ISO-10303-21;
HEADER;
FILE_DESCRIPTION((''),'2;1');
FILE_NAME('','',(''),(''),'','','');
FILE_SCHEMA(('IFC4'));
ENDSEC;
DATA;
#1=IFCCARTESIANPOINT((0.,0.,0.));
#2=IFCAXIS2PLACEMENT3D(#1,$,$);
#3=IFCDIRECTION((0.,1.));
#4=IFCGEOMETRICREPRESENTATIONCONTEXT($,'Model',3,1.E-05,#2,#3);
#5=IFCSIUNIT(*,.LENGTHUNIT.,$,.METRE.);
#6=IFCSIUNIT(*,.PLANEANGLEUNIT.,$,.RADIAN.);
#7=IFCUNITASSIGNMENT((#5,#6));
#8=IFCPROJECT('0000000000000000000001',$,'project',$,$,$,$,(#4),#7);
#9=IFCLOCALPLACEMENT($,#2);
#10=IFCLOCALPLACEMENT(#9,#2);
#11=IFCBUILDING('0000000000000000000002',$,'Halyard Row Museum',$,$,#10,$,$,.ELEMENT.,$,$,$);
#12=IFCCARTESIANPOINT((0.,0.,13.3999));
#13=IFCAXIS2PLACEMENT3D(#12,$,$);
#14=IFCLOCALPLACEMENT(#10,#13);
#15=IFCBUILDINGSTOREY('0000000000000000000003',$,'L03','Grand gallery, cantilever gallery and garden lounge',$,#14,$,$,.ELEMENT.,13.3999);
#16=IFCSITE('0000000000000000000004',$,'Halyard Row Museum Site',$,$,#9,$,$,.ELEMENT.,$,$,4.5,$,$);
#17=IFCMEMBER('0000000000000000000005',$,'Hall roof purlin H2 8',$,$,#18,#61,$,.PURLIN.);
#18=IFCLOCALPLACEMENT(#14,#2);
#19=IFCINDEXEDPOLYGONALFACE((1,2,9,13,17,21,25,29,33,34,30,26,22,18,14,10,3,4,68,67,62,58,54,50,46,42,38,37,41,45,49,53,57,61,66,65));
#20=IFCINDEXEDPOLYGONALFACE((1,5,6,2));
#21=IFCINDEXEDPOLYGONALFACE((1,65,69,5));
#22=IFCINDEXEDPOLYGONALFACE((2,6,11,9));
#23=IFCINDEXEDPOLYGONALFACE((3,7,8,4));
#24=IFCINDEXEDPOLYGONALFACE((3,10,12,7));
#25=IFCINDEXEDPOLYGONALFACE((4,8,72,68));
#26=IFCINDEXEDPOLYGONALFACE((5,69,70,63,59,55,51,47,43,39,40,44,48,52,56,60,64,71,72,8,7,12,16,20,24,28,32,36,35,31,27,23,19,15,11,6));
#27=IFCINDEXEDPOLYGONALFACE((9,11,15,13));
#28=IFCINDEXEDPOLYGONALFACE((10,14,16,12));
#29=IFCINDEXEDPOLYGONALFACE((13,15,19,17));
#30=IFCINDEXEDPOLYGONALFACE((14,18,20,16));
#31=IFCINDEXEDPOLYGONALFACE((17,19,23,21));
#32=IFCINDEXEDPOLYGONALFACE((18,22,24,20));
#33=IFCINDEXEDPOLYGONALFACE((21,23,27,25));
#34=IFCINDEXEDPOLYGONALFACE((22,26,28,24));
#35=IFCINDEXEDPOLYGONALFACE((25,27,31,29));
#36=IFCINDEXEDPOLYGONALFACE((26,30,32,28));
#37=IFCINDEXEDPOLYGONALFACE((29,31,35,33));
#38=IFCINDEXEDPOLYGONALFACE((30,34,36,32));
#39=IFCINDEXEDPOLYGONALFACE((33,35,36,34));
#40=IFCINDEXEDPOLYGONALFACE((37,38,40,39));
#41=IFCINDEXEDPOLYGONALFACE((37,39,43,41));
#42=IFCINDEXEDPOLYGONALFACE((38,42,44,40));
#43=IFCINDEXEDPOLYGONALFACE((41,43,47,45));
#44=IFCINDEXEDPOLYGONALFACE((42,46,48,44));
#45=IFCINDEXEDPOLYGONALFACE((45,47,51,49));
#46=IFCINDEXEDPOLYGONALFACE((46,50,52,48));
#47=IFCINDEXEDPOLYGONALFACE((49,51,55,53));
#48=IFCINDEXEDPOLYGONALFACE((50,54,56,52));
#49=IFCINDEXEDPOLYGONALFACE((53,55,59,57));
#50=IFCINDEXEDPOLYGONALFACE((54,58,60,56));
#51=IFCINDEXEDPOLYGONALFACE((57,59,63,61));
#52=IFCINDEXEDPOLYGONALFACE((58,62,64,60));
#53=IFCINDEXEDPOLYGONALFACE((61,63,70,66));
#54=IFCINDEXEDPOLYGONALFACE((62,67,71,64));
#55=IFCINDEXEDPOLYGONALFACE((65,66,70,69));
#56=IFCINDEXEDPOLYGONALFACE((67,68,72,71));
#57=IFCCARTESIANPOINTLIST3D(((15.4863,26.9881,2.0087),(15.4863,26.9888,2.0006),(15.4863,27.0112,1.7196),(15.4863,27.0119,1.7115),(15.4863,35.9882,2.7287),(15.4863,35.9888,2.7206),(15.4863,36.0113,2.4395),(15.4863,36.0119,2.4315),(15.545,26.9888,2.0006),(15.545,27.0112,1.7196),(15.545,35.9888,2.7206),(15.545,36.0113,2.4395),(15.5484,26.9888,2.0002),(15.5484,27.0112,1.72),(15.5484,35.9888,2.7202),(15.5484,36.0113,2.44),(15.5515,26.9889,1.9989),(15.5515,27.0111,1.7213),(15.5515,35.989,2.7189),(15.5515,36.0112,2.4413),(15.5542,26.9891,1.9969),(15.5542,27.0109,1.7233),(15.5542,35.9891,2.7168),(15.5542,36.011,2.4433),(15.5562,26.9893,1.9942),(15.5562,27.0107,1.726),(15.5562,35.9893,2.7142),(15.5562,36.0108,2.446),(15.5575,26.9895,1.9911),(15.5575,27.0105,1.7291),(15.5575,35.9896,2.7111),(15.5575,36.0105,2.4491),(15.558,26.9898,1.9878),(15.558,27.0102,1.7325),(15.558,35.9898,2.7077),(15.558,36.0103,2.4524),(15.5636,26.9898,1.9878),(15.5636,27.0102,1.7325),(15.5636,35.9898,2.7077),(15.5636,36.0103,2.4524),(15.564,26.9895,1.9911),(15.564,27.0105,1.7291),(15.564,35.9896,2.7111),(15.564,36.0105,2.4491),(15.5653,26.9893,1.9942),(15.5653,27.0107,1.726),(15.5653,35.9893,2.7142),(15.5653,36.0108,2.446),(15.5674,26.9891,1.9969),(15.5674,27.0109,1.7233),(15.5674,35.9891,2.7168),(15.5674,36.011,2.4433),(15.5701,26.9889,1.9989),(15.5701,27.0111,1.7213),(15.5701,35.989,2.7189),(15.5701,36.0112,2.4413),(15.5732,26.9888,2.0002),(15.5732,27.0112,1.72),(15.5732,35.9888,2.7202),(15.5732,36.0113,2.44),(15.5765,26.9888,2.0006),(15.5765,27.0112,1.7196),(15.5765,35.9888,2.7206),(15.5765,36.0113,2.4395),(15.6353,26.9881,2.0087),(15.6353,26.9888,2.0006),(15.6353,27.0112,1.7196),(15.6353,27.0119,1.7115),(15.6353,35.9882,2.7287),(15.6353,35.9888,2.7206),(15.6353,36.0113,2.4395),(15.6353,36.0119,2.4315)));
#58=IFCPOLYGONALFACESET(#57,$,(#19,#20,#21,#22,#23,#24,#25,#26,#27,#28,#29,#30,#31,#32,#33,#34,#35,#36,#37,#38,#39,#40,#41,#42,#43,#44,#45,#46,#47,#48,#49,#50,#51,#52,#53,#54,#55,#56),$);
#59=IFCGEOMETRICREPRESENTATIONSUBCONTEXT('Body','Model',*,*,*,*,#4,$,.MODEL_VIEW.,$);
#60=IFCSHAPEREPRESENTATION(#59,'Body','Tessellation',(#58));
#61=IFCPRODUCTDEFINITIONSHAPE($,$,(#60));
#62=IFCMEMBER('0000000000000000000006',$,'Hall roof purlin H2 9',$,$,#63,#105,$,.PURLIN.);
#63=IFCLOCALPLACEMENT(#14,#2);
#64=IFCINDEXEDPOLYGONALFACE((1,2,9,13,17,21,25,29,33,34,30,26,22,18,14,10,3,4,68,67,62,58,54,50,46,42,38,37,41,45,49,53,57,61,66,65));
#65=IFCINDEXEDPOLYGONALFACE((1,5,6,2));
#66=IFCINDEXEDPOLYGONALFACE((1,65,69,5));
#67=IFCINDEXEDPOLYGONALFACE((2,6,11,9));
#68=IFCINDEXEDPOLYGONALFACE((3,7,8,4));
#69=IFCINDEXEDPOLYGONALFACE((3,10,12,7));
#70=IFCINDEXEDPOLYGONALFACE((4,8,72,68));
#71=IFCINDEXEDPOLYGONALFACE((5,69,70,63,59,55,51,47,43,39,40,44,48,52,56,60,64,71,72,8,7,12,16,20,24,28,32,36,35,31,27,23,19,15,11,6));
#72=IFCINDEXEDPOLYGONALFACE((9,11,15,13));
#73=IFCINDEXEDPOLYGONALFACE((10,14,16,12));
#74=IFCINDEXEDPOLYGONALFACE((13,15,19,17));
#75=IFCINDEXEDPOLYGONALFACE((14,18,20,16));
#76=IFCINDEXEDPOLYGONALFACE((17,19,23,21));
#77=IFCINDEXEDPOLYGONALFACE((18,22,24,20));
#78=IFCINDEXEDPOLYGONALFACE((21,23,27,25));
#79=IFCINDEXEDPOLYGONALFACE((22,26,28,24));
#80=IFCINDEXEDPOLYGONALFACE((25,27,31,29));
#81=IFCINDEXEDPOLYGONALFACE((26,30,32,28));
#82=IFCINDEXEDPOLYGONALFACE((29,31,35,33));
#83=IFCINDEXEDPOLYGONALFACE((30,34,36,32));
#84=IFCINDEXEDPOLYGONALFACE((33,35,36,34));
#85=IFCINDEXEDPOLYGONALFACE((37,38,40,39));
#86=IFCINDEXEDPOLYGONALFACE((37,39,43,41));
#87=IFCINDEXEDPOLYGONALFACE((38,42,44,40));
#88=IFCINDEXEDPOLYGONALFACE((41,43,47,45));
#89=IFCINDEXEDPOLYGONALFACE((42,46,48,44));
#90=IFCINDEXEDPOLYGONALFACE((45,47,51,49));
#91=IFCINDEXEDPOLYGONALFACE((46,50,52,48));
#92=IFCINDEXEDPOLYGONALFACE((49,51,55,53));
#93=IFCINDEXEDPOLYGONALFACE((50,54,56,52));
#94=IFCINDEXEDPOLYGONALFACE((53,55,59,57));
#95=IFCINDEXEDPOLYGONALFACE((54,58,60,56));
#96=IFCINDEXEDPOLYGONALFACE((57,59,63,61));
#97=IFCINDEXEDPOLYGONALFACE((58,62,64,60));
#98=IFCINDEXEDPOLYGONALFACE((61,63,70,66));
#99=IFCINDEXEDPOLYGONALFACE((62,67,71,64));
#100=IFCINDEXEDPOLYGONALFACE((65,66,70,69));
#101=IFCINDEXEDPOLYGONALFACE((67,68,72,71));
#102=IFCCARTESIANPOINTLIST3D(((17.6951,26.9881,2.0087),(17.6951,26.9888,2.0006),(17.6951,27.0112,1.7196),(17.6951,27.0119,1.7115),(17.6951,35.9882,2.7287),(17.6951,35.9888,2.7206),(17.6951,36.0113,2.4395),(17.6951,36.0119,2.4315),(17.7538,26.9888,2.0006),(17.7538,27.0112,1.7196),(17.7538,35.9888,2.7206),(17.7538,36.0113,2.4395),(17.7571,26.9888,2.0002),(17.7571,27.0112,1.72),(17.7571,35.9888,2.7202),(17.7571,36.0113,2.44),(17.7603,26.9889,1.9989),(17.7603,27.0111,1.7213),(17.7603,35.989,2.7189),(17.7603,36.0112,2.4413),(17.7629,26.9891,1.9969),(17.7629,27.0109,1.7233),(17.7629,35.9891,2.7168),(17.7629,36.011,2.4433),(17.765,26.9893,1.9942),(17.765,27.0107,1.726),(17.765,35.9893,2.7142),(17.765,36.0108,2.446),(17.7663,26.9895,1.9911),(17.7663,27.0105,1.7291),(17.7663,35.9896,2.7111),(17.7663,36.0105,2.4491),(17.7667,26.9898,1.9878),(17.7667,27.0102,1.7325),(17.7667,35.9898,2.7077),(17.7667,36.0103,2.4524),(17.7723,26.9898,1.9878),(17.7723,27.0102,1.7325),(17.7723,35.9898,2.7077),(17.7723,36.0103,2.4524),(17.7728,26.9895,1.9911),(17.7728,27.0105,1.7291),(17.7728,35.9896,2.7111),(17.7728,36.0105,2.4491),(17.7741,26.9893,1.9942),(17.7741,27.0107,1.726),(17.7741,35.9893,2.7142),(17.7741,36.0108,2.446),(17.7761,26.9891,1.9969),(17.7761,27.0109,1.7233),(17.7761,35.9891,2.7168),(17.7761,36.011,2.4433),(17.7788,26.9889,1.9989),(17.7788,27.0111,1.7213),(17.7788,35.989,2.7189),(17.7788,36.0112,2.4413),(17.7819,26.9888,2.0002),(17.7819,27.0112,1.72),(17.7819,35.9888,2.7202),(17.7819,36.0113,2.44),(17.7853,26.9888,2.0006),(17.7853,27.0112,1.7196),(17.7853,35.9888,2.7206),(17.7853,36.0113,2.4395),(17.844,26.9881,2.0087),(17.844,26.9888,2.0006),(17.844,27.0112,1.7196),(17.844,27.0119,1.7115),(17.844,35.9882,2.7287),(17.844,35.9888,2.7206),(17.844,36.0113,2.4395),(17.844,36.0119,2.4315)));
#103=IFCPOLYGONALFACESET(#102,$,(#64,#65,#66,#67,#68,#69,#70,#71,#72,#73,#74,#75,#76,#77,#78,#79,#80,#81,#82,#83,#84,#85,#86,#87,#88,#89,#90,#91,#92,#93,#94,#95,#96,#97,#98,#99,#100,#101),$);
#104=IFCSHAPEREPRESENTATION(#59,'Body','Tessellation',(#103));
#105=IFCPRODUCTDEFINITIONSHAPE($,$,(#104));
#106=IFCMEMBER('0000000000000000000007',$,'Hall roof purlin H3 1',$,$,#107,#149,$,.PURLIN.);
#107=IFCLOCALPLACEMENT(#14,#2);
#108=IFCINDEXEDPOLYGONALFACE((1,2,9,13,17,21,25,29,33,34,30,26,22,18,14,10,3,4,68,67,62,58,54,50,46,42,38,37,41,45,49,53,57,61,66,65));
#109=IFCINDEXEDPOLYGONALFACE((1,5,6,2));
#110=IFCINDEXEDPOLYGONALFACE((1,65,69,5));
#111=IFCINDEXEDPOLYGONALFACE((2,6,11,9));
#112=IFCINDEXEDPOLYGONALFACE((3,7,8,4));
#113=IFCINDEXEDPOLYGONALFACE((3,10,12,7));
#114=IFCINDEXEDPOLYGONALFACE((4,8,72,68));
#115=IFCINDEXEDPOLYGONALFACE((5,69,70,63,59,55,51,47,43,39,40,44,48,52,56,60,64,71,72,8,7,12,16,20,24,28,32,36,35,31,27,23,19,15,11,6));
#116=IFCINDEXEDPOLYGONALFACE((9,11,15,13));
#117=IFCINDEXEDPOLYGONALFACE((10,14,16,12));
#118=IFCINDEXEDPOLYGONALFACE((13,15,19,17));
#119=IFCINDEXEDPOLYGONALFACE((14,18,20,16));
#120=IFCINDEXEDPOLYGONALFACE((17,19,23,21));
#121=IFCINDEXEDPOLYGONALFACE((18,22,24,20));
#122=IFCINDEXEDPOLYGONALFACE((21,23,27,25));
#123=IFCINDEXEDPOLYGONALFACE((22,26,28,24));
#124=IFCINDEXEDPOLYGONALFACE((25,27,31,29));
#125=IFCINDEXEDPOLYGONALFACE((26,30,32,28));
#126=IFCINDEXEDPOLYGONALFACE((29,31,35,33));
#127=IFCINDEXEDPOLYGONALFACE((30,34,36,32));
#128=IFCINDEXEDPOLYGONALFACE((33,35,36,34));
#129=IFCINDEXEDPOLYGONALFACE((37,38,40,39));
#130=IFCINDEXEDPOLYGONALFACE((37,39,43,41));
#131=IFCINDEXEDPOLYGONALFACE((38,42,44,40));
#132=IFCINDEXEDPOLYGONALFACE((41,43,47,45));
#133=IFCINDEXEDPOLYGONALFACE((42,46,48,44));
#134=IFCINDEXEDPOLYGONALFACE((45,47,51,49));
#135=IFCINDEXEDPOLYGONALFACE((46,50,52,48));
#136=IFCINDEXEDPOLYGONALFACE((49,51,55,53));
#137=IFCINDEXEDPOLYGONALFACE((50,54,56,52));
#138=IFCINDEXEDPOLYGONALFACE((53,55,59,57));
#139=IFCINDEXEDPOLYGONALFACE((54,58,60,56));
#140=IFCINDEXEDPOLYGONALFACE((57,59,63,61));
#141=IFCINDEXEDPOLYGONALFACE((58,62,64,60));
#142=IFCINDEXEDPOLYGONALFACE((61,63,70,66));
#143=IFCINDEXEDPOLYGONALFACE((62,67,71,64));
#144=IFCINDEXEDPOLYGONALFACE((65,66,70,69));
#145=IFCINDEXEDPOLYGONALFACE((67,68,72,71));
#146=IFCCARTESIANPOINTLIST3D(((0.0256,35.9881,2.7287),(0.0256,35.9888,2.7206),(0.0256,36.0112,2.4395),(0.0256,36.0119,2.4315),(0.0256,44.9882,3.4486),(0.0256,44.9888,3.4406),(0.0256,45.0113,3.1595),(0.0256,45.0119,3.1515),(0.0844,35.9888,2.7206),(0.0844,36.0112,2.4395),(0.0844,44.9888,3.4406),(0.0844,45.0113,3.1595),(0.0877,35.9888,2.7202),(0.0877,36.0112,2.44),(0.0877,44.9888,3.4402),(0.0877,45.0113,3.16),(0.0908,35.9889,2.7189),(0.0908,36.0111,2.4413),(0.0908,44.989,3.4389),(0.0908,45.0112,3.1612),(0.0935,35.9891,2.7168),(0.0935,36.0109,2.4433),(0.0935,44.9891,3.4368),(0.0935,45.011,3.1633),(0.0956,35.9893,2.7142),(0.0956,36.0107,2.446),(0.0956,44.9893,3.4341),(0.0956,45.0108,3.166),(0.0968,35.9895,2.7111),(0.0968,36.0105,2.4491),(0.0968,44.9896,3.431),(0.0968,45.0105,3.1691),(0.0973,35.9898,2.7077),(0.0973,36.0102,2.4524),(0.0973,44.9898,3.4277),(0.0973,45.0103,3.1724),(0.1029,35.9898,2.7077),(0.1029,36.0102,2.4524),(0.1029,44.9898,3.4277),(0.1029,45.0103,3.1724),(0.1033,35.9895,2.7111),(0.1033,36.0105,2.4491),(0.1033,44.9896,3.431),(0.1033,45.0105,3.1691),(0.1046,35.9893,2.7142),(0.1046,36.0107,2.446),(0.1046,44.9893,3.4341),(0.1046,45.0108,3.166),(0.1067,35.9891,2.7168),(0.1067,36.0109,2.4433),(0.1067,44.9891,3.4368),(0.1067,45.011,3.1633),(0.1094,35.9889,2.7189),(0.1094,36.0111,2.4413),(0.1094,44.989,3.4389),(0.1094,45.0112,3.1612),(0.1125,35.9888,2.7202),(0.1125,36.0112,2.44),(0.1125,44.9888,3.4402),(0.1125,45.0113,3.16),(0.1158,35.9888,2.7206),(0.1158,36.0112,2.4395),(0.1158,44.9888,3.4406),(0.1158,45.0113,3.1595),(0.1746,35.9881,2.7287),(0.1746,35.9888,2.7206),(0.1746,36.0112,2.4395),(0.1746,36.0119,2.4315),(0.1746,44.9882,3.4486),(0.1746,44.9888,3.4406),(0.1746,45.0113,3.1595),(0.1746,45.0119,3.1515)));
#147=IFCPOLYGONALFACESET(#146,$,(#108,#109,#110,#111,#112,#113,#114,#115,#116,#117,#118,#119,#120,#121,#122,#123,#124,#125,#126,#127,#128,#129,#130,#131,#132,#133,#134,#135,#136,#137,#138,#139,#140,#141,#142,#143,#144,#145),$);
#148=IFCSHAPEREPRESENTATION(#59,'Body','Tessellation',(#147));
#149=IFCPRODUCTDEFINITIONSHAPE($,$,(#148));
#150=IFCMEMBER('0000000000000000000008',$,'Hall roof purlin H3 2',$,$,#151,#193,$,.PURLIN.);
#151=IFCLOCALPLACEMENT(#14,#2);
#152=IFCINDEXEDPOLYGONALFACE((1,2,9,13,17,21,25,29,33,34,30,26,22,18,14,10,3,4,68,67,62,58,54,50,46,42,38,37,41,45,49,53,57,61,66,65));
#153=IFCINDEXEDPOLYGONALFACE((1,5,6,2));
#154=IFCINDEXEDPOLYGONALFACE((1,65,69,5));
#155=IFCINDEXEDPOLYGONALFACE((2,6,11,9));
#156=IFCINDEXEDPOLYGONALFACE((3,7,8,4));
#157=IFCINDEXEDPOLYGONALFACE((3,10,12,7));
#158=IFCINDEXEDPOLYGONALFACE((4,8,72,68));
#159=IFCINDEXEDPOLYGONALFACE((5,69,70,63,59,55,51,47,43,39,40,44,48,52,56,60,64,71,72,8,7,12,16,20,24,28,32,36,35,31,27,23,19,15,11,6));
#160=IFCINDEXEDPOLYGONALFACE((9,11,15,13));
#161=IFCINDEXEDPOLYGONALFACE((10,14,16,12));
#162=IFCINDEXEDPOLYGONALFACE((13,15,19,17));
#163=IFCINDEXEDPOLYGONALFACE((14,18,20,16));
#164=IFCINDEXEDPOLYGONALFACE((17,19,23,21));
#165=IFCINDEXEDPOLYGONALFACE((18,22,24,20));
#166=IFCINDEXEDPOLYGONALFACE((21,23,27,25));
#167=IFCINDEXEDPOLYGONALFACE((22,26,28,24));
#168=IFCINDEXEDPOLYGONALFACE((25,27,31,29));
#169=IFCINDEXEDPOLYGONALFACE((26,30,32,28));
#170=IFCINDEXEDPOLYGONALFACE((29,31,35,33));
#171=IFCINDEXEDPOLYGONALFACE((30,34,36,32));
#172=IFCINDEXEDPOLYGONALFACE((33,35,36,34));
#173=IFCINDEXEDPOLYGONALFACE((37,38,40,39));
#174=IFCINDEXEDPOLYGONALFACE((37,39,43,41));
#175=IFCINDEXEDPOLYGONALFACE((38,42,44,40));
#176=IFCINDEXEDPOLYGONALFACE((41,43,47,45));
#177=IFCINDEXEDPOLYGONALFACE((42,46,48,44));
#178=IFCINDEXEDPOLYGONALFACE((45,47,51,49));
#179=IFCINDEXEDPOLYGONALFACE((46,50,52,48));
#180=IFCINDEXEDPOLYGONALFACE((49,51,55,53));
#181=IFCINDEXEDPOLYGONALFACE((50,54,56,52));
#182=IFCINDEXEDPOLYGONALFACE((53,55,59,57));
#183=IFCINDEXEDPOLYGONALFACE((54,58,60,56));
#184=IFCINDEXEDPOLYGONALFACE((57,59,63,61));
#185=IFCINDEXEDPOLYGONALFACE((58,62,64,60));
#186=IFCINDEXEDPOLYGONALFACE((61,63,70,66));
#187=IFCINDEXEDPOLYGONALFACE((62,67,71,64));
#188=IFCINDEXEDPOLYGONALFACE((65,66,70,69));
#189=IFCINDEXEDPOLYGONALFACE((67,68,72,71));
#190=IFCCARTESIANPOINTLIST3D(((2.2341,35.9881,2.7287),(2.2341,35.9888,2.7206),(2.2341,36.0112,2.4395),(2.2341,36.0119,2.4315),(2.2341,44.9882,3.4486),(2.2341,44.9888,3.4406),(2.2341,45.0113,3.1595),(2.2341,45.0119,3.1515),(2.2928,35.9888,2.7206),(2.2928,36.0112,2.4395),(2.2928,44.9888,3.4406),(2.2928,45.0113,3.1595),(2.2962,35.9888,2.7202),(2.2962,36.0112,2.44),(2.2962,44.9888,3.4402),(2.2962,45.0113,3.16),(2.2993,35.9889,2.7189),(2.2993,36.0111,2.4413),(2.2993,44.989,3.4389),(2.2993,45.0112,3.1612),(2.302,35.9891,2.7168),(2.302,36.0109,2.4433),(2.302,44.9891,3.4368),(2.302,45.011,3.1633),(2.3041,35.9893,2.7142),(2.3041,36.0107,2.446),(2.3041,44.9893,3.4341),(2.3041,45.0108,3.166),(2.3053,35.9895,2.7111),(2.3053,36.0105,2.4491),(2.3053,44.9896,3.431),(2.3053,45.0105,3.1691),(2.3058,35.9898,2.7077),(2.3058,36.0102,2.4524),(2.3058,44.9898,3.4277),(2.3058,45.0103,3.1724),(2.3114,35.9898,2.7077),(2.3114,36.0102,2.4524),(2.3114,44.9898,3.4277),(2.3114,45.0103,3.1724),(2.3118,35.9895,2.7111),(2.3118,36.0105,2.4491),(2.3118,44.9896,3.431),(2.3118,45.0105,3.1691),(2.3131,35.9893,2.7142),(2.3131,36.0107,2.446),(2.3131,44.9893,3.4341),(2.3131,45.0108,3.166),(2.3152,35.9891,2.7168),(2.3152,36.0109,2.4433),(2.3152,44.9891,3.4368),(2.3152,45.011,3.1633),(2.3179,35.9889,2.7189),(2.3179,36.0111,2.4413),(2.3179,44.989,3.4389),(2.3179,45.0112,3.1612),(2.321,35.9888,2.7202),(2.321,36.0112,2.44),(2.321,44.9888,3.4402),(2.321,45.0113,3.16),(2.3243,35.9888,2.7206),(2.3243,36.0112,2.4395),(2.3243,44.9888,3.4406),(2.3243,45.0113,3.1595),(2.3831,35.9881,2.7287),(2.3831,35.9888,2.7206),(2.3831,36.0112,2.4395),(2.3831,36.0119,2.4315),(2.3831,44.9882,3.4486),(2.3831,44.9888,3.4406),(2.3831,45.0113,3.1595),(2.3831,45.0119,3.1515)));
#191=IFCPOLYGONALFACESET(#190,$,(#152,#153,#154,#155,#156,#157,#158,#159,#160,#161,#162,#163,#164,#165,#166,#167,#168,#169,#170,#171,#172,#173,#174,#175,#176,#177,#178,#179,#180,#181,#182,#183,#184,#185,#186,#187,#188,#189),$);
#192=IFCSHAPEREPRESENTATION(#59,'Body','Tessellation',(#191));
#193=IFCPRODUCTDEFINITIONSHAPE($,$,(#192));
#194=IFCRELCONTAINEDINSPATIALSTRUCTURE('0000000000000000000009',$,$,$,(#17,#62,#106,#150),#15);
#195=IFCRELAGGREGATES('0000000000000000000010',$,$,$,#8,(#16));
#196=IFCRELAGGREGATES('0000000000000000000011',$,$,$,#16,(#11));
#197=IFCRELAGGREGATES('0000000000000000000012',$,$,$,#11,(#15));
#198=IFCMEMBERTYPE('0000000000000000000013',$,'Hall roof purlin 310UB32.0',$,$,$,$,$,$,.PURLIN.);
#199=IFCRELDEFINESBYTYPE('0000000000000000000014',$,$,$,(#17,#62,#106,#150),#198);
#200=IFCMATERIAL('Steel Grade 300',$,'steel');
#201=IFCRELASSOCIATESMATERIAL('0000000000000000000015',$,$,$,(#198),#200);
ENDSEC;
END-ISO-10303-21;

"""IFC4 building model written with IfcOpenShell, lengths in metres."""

from ifc_helpers import new_model, si_unit, direction, frame, origin, origin_2d, place, context, subcontext, project, spatial, i_section, extrude, material, material_profile, profile_set, type_object, element, save


model = new_model("IFC4")

# Units and contexts
model_context = context("Model", 3, precision=1e-05, world=origin(), true_north=direction((0.0, 1.0)))
body_context = subcontext(model_context, "Body", "Model", "MODEL_VIEW")
ifc_project = project(units=[si_unit("LENGTHUNIT", "METRE"), si_unit("PLANEANGLEUNIT", "RADIAN")], contexts=[model_context])

# Site, building, storey
site_placement = place(None, origin())
site = spatial("IfcSite", under=ifc_project, at=site_placement, Name="Halyard Row Museum Site", CompositionType="ELEMENT", RefElevation=4.5)
building_placement = place(site_placement, origin())
building = spatial("IfcBuilding", under=site, at=building_placement, Name="Halyard Row Museum", CompositionType="ELEMENT")
storey_placement = place(building_placement, frame((0.0, 0.0, 13.3999)))
storey = spatial("IfcBuildingStorey", under=building, at=storey_placement, Name="L03", Description="Grand gallery, cantilever gallery and garden lounge", CompositionType="ELEMENT", Elevation=13.3999)

# Members
ifc_material_1 = material(Name="Steel Grade 300", Category="steel")
ifc_material_profile_1 = material_profile(ifc_material_1, i_section(OverallWidth=0.1489, OverallDepth=0.2981, WebThickness=0.0056, FlangeThickness=0.0081, FilletRadius=0.0129, at=origin_2d()), Name="310UB32.0")
ifc_profile_set_1 = profile_set([ifc_material_profile_1], Name="Steel Grade 300")
member_type_1 = type_object("IfcMemberType", Name="Hall roof purlin 310UB32.0", PredefinedType="PURLIN", material=ifc_profile_set_1)
for number, where, z_axis, x_axis, name in (
    (1, (15.5608, 27.0, 1.8601), (0.0, 0.996816, 0.079742), (-1.0, 0.0, 0.0), "Hall roof purlin H2 8"),
    (2, (17.7695, 27.0, 1.8601), (0.0, 0.996816, 0.079742), (-1.0, 0.0, 0.0), "Hall roof purlin H2 9"),
    (3, (0.1001, 36.0, 2.5801), (0.0, 0.996816, 0.079742), (-1.0, 0.0, 0.0), "Hall roof purlin H3 1"),
    (4, (2.3086, 36.0, 2.5801), (0.0, 0.996816, 0.079742), (-1.0, 0.0, 0.0), "Hall roof purlin H3 2"),
):
    element("IfcMember", number, at=place(storey_placement, frame(where, z_axis=z_axis, x_axis=x_axis)), inside=storey, type_object=member_type_1, Name=name, PredefinedType="PURLIN", context=body_context, shape_type="SweptSolid", body=[
        extrude(i_section(OverallWidth=0.1489, OverallDepth=0.2981, WebThickness=0.0056, FlangeThickness=0.0081, FilletRadius=0.0129, at=origin_2d()), origin(), (0.0, 0.0, 1.0), 9.0288),
    ])

save(model, "model.ifc")
